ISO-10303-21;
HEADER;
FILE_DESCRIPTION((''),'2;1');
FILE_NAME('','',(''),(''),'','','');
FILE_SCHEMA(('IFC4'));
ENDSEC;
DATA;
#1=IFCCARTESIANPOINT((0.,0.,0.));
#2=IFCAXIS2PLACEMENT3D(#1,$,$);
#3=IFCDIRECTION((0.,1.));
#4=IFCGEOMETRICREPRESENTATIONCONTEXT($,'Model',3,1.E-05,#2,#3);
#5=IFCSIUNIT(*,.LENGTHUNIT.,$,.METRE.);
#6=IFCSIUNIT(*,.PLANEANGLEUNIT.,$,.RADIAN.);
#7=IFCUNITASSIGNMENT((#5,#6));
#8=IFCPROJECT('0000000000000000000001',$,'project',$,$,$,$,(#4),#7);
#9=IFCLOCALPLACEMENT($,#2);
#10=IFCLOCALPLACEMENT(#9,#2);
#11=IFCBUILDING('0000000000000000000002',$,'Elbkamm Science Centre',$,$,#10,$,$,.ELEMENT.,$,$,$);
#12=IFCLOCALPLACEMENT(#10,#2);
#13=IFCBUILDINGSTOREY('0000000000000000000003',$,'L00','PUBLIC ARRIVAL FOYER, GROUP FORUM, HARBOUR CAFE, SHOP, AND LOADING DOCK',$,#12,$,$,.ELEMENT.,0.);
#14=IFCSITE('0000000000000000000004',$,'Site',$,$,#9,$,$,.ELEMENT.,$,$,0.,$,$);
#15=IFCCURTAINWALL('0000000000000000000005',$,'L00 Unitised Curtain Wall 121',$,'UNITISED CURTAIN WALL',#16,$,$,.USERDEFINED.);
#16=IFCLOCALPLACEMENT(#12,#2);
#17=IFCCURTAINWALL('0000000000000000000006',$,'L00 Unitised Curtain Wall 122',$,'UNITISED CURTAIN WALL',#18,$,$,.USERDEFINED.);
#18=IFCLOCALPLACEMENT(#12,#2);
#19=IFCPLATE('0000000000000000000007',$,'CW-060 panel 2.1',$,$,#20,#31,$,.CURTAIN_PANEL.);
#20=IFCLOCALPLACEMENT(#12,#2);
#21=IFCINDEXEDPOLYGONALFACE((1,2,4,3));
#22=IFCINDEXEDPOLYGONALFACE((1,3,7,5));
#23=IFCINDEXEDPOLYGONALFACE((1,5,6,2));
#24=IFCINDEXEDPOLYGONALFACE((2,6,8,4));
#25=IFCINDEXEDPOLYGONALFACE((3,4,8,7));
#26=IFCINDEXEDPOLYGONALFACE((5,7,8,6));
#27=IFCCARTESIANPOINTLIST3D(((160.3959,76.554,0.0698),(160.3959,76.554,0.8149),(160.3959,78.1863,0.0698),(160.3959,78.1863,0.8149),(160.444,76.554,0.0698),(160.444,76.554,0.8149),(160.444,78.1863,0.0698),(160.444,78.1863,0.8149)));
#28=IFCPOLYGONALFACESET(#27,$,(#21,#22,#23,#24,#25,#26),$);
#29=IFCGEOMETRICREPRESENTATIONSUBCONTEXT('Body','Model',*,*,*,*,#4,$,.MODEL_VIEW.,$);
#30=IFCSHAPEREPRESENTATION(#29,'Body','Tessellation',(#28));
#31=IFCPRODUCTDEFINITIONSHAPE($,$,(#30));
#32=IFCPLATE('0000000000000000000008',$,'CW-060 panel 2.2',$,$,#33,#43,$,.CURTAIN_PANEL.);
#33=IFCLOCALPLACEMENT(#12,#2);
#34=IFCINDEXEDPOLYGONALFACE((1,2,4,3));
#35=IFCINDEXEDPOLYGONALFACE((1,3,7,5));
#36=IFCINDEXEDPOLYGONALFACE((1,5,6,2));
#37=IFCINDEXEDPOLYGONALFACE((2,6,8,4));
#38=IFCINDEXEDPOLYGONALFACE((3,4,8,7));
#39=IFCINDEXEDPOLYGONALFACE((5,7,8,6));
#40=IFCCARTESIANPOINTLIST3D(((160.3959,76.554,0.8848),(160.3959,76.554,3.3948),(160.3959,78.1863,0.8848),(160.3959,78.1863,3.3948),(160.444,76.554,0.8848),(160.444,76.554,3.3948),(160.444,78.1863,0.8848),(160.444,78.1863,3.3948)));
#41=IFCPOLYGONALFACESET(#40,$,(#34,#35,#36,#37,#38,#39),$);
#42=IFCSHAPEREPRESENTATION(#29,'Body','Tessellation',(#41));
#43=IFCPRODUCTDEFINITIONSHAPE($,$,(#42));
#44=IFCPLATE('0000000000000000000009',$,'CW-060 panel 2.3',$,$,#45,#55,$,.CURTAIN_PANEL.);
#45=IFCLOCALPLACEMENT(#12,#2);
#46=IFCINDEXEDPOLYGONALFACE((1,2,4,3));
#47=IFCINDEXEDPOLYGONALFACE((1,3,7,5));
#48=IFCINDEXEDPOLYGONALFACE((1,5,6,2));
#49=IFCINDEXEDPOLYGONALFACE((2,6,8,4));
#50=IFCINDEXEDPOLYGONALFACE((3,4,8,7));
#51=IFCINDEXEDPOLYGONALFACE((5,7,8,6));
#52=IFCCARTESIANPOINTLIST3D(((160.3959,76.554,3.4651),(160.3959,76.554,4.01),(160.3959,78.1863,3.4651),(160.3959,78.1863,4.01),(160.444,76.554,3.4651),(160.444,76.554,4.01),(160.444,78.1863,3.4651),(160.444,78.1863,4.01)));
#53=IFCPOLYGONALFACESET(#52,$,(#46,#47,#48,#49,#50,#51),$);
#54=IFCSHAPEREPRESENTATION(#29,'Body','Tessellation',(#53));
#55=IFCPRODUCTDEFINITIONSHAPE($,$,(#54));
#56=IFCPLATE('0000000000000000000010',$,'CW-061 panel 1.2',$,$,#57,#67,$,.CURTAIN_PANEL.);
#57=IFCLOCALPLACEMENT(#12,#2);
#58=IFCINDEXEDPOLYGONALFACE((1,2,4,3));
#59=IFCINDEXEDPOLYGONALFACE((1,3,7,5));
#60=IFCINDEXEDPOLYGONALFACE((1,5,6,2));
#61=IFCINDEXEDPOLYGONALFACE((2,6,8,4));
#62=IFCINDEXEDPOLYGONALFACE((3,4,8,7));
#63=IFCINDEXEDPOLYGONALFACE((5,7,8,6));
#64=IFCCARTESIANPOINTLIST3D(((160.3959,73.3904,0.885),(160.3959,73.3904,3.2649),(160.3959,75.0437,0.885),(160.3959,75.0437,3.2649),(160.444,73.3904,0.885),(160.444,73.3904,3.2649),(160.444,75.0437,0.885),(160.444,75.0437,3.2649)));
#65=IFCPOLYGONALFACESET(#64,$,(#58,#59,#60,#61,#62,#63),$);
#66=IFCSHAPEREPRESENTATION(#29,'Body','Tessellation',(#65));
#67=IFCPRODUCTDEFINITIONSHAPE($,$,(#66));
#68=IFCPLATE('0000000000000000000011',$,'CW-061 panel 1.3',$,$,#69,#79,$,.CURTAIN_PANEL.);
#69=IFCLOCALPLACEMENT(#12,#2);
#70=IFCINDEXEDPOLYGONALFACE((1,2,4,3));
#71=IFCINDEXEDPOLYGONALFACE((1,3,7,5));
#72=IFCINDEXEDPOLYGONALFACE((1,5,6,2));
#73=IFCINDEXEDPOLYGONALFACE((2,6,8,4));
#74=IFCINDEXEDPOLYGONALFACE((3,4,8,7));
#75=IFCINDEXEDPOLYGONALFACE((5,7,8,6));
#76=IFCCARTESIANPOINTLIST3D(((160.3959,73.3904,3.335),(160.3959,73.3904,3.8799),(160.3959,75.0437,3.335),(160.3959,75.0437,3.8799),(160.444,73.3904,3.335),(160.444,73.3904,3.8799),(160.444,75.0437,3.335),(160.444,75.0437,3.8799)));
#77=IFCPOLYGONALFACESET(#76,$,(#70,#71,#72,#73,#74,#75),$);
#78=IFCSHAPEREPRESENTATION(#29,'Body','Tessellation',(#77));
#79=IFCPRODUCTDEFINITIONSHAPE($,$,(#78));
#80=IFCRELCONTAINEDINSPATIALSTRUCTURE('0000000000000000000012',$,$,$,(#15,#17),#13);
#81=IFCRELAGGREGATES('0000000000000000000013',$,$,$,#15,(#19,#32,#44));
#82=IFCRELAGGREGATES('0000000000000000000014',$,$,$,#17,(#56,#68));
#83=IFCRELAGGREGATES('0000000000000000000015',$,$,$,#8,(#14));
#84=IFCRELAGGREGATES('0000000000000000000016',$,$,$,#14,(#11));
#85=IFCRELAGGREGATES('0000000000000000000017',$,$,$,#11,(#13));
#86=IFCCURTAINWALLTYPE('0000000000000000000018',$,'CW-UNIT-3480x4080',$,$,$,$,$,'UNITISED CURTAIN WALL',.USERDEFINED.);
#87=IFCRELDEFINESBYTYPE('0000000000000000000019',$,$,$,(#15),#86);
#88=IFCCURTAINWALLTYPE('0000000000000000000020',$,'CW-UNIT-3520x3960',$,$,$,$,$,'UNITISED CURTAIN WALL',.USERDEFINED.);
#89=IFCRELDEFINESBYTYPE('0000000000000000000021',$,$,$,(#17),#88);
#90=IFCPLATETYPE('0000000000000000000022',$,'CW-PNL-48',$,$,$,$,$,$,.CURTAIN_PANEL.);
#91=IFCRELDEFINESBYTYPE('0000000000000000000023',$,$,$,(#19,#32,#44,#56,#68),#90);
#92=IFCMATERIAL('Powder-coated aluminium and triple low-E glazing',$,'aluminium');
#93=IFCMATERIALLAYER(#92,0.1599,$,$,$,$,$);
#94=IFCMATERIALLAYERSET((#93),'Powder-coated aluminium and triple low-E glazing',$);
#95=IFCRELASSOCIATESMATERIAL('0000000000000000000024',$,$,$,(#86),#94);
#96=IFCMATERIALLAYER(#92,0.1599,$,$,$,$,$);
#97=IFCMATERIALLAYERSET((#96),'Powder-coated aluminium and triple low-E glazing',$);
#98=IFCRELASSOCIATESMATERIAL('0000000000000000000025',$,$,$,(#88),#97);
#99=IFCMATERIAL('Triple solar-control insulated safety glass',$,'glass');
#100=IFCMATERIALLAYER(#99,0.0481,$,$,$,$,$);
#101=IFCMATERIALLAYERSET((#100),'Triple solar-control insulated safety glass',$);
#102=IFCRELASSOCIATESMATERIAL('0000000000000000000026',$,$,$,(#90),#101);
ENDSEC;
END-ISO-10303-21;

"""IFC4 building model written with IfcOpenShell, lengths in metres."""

from ifc_helpers import new_model, si_unit, direction, frame, origin, origin_2d, place, context, subcontext, project, spatial, rectangle, extrude, material, layer, layer_set, type_object, element, aggregate, save


model = new_model("IFC4")

# Units and contexts
model_context = context("Model", 3, precision=1e-05, world=origin(), true_north=direction((0.0, 1.0)))
body_context = subcontext(model_context, "Body", "Model", "MODEL_VIEW")
ifc_project = project(units=[si_unit("LENGTHUNIT", "METRE"), si_unit("PLANEANGLEUNIT", "RADIAN")], contexts=[model_context])

# Site, building, storey
site_placement = place(None, origin())
site = spatial("IfcSite", under=ifc_project, at=site_placement, Name="Site", CompositionType="ELEMENT", RefElevation=0.0)
building_placement = place(site_placement, origin())
building = spatial("IfcBuilding", under=site, at=building_placement, Name="Elbkamm Science Centre", CompositionType="ELEMENT")
storey_placement = place(building_placement, origin())
storey = spatial("IfcBuildingStorey", under=building, at=storey_placement, Name="L00", Description="PUBLIC ARRIVAL FOYER, GROUP FORUM, HARBOUR CAFE, SHOP, AND LOADING DOCK", CompositionType="ELEMENT", Elevation=0.0)

# Shared definitions
ifc_material_1 = material(Name="Powder-coated aluminium and triple low-E glazing", Category="aluminium")
ifc_layer_1 = layer(ifc_material_1, 0.1599)
ifc_layer_set_1 = layer_set([ifc_layer_1], Name="Powder-coated aluminium and triple low-E glazing")
curtain_wall_type_1 = type_object("IfcCurtainWallType", Name="CW-UNIT-3480x4080", ElementType="UNITISED CURTAIN WALL", PredefinedType="USERDEFINED", material=ifc_layer_set_1)

# Curtain wall
curtain_wall_1_placement = place(storey_placement, origin())
curtain_wall_1 = element("IfcCurtainWall", 1, at=curtain_wall_1_placement, inside=storey, type_object=curtain_wall_type_1, Name="L00 Unitised Curtain Wall 121", ObjectType="UNITISED CURTAIN WALL", PredefinedType="USERDEFINED")

# Curtain wall
ifc_layer_2 = layer(ifc_material_1, 0.1599)
ifc_layer_set_2 = layer_set([ifc_layer_2], Name="Powder-coated aluminium and triple low-E glazing")
curtain_wall_type_2 = type_object("IfcCurtainWallType", Name="CW-UNIT-3520x3960", ElementType="UNITISED CURTAIN WALL", PredefinedType="USERDEFINED", material=ifc_layer_set_2)
curtain_wall_2_placement = place(storey_placement, origin())
curtain_wall_2 = element("IfcCurtainWall", 2, at=curtain_wall_2_placement, inside=storey, type_object=curtain_wall_type_2, Name="L00 Unitised Curtain Wall 122", ObjectType="UNITISED CURTAIN WALL", PredefinedType="USERDEFINED")

# Plates
ifc_material_2 = material(Name="Triple solar-control insulated safety glass", Category="glass")
ifc_layer_3 = layer(ifc_material_2, 0.0481)
ifc_layer_set_3 = layer_set([ifc_layer_3], Name="Triple solar-control insulated safety glass")
plate_type = type_object("IfcPlateType", Name="CW-PNL-48", PredefinedType="CURTAIN_PANEL", material=ifc_layer_set_3)
plate_1_placement = place(storey_placement, frame((160.4199, 77.3701, 0.0698), z_axis=(0.0, 0.0, 1.0), x_axis=(0.0, -1.0, 0.0)))
plate_1 = element("IfcPlate", 3, at=plate_1_placement, type_object=plate_type, Name="CW-060 panel 2.1", PredefinedType="CURTAIN_PANEL", context=body_context, shape_type="SweptSolid", body=[
    extrude(rectangle(XDim=1.6323, YDim=0.0481, at=origin_2d()), origin(), (0.0, 0.0, 1.0), 0.7451),
])
plate_2_placement = place(storey_placement, frame((160.4199, 77.3701, 0.8848), z_axis=(0.0, 0.0, 1.0), x_axis=(0.0, -1.0, 0.0)))
plate_2 = element("IfcPlate", 4, at=plate_2_placement, type_object=plate_type, Name="CW-060 panel 2.2", PredefinedType="CURTAIN_PANEL", context=body_context, shape_type="SweptSolid", body=[
    extrude(rectangle(XDim=1.6323, YDim=0.0481, at=origin_2d()), origin(), (0.0, 0.0, 1.0), 2.51),
])
plate_3_placement = place(storey_placement, frame((160.4199, 77.3701, 3.4651), z_axis=(0.0, 0.0, 1.0), x_axis=(0.0, -1.0, 0.0)))
plate_3 = element("IfcPlate", 5, at=plate_3_placement, type_object=plate_type, Name="CW-060 panel 2.3", PredefinedType="CURTAIN_PANEL", context=body_context, shape_type="SweptSolid", body=[
    extrude(rectangle(XDim=1.6323, YDim=0.0481, at=origin_2d()), origin(), (0.0, 0.0, 1.0), 0.5449),
])
aggregate(curtain_wall_1, [plate_1, plate_2, plate_3])
plate_4_placement = place(storey_placement, frame((160.4199, 74.217, 0.885), z_axis=(0.0, 0.0, 1.0), x_axis=(0.0, -1.0, 0.0)))
plate_4 = element("IfcPlate", 6, at=plate_4_placement, type_object=plate_type, Name="CW-061 panel 1.2", PredefinedType="CURTAIN_PANEL", context=body_context, shape_type="SweptSolid", body=[
    extrude(rectangle(XDim=1.6533, YDim=0.0481, at=origin_2d()), origin(), (0.0, 0.0, 1.0), 2.3799),
])
plate_5_placement = place(storey_placement, frame((160.4199, 74.217, 3.335), z_axis=(0.0, 0.0, 1.0), x_axis=(0.0, -1.0, 0.0)))
plate_5 = element("IfcPlate", 7, at=plate_5_placement, type_object=plate_type, Name="CW-061 panel 1.3", PredefinedType="CURTAIN_PANEL", context=body_context, shape_type="SweptSolid", body=[
    extrude(rectangle(XDim=1.6533, YDim=0.0481, at=origin_2d()), origin(), (0.0, 0.0, 1.0), 0.5449),
])
aggregate(curtain_wall_2, [plate_4, plate_5])

save(model, "model.ifc")
